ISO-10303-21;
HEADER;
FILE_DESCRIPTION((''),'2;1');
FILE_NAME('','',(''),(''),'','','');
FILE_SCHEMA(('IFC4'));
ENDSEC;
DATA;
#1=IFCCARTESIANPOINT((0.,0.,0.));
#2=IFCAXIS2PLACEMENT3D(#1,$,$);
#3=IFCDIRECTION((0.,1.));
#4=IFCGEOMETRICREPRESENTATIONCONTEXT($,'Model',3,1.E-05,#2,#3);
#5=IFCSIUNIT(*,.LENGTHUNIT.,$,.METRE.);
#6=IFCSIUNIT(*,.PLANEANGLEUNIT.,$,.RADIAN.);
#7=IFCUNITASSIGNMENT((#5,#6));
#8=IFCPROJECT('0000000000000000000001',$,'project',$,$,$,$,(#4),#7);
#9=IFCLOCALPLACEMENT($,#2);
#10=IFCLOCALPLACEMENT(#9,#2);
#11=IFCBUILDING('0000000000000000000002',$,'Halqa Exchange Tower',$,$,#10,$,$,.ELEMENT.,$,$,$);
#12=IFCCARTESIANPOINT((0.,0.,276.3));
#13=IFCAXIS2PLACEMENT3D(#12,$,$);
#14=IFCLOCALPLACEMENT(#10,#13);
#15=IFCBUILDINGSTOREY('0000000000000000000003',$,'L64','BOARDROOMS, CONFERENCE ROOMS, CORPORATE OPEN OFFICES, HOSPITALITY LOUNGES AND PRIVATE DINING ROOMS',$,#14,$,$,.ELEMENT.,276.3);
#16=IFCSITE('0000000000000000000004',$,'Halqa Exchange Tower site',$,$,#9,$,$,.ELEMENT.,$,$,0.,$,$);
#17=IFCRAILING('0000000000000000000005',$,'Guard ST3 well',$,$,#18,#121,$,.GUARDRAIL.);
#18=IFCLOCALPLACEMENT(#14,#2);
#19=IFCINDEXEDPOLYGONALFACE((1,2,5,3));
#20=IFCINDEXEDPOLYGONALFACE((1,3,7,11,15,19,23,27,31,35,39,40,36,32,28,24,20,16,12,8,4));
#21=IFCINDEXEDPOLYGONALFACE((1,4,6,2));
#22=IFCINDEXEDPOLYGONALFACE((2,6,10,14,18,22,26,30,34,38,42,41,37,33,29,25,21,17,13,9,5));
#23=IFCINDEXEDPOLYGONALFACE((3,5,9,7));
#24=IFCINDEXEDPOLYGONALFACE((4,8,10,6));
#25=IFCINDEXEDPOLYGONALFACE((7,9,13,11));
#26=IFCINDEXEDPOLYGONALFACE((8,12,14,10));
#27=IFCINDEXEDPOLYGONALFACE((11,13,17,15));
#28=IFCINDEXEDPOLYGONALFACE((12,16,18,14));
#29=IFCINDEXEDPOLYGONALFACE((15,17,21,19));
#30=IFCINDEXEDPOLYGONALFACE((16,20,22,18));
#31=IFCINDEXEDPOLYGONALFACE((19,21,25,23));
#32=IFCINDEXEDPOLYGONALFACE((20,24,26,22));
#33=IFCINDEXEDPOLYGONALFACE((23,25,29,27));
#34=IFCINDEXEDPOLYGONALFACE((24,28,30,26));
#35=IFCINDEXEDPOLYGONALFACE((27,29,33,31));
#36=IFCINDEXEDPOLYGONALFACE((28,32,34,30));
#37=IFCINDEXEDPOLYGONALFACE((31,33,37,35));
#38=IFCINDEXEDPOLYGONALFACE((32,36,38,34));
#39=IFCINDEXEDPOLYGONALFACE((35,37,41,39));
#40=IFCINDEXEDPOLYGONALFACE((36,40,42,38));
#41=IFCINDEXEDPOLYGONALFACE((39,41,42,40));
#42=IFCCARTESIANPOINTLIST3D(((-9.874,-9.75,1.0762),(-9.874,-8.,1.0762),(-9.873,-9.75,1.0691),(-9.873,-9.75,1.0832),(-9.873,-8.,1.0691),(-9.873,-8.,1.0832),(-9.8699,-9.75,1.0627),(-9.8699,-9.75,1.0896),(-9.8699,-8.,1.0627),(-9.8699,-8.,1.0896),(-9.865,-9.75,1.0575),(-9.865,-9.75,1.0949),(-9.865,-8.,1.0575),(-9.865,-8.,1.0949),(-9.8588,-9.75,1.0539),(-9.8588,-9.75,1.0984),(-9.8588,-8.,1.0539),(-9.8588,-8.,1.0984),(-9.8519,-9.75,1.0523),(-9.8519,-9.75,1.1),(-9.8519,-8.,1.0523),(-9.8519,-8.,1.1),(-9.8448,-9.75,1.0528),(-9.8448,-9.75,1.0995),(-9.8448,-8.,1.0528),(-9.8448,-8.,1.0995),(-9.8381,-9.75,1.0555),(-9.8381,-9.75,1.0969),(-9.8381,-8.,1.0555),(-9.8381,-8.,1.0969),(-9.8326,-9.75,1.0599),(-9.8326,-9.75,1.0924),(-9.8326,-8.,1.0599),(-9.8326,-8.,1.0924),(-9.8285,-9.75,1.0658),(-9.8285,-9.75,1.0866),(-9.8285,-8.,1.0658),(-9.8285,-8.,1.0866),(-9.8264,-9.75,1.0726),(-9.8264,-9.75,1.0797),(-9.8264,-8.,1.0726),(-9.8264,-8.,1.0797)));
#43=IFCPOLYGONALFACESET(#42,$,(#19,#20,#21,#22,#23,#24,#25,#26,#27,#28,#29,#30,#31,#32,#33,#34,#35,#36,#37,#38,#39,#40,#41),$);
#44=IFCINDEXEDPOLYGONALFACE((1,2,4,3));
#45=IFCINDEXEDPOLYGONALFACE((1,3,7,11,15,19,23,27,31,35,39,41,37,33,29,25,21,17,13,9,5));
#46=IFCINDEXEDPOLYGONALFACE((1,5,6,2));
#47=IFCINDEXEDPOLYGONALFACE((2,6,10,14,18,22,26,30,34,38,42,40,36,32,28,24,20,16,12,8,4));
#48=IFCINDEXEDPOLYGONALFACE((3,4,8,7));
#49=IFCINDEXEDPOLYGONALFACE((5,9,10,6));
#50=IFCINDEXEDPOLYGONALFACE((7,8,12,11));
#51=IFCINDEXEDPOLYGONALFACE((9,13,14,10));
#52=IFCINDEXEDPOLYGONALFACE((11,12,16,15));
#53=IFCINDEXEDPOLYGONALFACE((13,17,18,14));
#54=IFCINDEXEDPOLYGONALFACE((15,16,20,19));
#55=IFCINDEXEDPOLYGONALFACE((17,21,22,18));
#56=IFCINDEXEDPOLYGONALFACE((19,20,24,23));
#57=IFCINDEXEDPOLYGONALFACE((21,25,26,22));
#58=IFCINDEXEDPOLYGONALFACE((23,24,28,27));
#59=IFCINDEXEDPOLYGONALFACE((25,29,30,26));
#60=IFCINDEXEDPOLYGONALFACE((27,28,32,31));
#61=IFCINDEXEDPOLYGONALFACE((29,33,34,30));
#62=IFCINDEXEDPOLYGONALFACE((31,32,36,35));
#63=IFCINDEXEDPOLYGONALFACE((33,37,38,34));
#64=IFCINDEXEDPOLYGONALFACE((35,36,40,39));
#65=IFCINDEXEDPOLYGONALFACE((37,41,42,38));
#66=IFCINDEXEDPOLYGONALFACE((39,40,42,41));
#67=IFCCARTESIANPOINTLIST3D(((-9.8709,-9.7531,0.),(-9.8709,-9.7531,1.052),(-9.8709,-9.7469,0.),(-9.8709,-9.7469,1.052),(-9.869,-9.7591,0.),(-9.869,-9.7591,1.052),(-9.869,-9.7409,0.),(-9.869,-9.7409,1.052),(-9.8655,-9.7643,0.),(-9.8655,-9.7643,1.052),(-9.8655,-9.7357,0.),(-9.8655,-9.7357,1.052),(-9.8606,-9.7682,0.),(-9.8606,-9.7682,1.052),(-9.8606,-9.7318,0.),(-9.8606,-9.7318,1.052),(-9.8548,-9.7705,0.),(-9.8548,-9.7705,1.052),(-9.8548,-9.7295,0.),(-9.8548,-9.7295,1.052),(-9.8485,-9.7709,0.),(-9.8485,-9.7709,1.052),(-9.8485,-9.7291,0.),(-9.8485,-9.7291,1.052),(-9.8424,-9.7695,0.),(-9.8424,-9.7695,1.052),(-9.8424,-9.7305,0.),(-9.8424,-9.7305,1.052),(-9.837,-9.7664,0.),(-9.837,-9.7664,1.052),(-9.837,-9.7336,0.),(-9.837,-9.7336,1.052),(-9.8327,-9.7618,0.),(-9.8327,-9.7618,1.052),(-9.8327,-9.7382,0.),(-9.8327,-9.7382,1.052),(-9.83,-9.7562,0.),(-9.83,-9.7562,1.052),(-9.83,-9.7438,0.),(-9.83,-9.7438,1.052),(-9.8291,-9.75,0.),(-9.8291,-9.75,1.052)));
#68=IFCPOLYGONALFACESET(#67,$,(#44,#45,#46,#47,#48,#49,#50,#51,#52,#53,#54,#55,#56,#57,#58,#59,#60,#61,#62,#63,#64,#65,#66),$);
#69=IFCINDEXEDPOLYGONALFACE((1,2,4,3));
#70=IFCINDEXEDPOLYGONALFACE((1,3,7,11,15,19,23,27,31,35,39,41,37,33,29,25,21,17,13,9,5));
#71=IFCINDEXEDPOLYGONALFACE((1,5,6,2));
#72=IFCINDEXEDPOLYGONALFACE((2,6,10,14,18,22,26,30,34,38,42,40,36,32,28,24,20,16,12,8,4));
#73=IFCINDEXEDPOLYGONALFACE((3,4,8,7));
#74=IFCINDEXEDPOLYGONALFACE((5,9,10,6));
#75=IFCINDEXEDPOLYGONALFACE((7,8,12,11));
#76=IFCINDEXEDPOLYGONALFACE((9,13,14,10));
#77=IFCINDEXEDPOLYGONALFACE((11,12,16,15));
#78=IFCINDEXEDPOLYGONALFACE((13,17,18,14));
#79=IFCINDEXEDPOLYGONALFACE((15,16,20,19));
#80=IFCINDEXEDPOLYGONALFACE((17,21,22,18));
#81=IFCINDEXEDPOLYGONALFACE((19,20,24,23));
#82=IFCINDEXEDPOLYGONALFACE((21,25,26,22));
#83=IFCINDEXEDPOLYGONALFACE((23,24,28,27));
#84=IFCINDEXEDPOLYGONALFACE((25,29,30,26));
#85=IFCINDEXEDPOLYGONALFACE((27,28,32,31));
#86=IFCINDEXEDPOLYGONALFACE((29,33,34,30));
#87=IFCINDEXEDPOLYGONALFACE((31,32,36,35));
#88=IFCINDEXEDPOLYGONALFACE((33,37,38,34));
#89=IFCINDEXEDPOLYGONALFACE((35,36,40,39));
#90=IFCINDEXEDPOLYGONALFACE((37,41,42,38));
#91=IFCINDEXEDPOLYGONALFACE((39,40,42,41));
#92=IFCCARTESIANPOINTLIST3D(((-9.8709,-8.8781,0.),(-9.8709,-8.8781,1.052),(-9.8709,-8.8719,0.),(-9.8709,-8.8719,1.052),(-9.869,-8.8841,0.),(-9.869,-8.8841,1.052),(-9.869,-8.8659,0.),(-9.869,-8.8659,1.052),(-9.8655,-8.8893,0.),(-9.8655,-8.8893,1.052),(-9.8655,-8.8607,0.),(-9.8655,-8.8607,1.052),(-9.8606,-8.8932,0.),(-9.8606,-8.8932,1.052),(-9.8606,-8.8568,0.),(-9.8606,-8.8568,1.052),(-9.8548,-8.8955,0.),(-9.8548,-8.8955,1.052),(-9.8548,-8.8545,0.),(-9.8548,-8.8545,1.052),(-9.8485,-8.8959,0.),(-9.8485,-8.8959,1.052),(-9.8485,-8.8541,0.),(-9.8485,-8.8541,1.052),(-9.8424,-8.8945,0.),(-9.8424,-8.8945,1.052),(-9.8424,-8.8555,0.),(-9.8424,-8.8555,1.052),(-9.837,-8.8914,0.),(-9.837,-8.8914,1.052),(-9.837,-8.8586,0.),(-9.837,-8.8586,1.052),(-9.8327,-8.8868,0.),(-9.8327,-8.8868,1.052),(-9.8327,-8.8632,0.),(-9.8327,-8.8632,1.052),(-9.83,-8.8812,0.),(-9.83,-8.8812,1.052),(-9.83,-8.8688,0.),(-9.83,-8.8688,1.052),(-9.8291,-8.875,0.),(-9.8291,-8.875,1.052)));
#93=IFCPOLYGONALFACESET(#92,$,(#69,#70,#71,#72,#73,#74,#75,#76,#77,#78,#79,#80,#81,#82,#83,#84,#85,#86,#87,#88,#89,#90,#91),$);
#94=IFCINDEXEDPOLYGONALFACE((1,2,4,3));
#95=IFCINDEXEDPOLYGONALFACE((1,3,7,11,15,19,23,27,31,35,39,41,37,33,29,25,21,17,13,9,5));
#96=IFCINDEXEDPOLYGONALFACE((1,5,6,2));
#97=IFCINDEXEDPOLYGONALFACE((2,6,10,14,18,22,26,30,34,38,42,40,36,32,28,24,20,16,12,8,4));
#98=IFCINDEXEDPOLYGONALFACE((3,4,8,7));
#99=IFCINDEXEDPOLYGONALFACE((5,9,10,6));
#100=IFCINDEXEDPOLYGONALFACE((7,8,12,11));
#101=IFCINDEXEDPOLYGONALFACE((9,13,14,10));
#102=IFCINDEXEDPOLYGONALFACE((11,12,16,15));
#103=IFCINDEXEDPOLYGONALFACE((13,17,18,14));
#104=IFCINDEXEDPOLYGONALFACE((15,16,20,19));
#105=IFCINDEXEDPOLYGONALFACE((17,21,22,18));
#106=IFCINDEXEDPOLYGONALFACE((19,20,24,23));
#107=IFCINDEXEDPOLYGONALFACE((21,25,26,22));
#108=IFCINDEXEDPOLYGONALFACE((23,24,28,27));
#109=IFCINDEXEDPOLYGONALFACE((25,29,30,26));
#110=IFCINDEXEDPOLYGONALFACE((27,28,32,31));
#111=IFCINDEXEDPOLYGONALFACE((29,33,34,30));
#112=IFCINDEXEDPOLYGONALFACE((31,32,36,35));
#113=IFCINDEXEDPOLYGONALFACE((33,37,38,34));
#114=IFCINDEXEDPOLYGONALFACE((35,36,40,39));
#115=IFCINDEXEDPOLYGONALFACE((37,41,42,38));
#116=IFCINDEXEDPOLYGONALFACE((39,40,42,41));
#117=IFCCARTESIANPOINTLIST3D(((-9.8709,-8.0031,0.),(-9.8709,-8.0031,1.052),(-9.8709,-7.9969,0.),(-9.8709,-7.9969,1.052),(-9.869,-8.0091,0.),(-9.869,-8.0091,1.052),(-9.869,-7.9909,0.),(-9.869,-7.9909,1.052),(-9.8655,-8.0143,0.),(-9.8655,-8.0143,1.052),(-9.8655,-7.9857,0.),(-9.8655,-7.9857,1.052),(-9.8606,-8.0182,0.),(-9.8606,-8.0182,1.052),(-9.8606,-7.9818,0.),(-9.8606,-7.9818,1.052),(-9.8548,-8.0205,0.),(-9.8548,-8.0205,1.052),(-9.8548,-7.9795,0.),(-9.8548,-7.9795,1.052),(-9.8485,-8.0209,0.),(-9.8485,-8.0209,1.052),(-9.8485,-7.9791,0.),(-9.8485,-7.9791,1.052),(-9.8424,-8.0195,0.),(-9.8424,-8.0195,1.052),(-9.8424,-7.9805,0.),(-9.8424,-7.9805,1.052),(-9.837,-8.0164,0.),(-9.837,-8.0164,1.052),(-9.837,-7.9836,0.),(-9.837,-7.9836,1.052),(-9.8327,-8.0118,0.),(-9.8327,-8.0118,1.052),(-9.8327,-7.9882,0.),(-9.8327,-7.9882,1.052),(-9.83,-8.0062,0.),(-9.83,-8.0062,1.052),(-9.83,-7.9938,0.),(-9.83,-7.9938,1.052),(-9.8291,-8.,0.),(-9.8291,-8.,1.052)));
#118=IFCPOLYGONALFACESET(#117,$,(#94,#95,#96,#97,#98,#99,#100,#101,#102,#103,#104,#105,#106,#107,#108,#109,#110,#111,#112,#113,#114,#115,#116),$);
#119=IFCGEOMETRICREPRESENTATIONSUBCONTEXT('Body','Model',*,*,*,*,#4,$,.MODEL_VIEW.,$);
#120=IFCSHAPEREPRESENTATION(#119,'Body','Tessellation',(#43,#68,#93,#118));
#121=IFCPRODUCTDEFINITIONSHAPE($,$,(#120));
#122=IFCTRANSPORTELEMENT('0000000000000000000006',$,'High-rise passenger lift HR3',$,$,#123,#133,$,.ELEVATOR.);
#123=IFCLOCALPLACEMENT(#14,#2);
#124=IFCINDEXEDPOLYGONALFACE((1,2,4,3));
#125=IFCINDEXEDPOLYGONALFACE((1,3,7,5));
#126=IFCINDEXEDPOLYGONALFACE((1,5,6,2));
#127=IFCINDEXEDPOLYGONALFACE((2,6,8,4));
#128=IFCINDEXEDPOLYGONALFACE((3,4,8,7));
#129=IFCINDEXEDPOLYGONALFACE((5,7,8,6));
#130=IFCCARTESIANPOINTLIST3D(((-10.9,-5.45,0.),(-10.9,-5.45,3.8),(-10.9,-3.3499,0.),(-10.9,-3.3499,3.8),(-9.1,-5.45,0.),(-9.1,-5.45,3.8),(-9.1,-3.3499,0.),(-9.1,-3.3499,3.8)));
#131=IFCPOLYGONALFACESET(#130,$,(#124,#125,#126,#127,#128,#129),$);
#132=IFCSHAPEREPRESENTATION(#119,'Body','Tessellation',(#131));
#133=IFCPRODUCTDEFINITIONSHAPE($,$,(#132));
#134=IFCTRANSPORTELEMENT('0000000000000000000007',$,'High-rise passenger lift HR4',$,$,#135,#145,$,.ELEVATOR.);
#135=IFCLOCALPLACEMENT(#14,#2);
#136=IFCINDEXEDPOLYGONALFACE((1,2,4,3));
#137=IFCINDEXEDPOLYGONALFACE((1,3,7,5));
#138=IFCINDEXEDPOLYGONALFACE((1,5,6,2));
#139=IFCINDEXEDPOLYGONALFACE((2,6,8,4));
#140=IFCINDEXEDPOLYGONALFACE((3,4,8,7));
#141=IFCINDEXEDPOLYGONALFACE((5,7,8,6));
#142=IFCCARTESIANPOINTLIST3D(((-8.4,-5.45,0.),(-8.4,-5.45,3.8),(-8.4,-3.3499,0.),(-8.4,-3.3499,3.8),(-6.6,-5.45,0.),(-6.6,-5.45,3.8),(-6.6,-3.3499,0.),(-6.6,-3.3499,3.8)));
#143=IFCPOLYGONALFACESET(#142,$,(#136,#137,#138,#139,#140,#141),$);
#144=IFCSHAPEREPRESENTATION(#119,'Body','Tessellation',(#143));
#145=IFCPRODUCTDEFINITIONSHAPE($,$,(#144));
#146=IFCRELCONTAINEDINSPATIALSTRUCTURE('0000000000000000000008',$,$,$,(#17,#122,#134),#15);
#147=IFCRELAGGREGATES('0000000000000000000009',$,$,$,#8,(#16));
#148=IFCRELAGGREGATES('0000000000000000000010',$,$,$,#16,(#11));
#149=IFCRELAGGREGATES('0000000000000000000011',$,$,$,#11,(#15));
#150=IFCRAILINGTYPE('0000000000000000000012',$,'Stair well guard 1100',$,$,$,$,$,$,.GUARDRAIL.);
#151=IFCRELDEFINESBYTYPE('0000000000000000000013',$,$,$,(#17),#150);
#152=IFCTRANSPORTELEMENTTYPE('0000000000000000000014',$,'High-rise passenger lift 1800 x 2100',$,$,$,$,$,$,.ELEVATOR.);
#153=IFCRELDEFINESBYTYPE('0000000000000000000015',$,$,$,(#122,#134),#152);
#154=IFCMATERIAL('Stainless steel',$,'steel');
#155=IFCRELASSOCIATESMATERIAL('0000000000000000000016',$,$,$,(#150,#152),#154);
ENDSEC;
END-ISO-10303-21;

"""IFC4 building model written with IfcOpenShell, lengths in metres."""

from ifc_helpers import new_model, si_unit, direction, frame, origin, origin_2d, place, context, subcontext, project, spatial, rectangle, circle, extrude, material, type_object, element, save


model = new_model("IFC4")

# Units and contexts
model_context = context("Model", 3, precision=1e-05, world=origin(), true_north=direction((0.0, 1.0)))
body_context = subcontext(model_context, "Body", "Model", "MODEL_VIEW")
ifc_project = project(units=[si_unit("LENGTHUNIT", "METRE"), si_unit("PLANEANGLEUNIT", "RADIAN")], contexts=[model_context])

# Site, building, storey
site_placement = place(None, origin())
site = spatial("IfcSite", under=ifc_project, at=site_placement, Name="Halqa Exchange Tower site", CompositionType="ELEMENT", RefElevation=0.0)
building_placement = place(site_placement, origin())
building = spatial("IfcBuilding", under=site, at=building_placement, Name="Halqa Exchange Tower", CompositionType="ELEMENT")
storey_placement = place(building_placement, frame((0.0, 0.0, 276.3)))
storey = spatial("IfcBuildingStorey", under=building, at=storey_placement, Name="L64", Description="BOARDROOMS, CONFERENCE ROOMS, CORPORATE OPEN OFFICES, HOSPITALITY LOUNGES AND PRIVATE DINING ROOMS", CompositionType="ELEMENT", Elevation=276.3)

# Shared definitions
ifc_material_1 = material(Name="Stainless steel", Category="steel")

# Railing
railing_type_1 = type_object("IfcRailingType", Name="Stair well guard 1100", PredefinedType="GUARDRAIL", material=ifc_material_1)
railing_1_placement = place(storey_placement, frame((-9.8501, -9.75, 0.0)))
element("IfcRailing", 1, at=railing_1_placement, inside=storey, type_object=railing_type_1, Name="Guard ST3 well", PredefinedType="GUARDRAIL", context=body_context, shape_type="SweptSolid", body=[
    extrude(circle(Radius=0.0239, at=origin_2d()), frame((0.0, 0.0, 1.0762), z_axis=(0.0, 1.0, 0.0), x_axis=(-1.0, 0.0, 0.0)), (0.0, 0.0, 1.0), 1.75),
    extrude(circle(Radius=0.021, at=origin_2d()), origin(), (0.0, 0.0, 1.0), 1.052),
    extrude(circle(Radius=0.021, at=origin_2d()), frame((0.0, 0.875, 0.0)), (0.0, 0.0, 1.0), 1.052),
    extrude(circle(Radius=0.021, at=origin_2d()), frame((0.0, 1.75, 0.0)), (0.0, 0.0, 1.0), 1.052),
])

# Transport elements
transport_element_type = type_object("IfcTransportElementType", Name="High-rise passenger lift 1800 x 2100", PredefinedType="ELEVATOR", material=ifc_material_1)
for number, where, z_axis, x_axis, name in (
    (2, (-10.0, -4.3999, 0.0), (0.0, 0.0, 1.0), (1.0, 0.0, 0.0), "High-rise passenger lift HR3"),
    (3, (-7.5, -4.3999, 0.0), (0.0, 0.0, 1.0), (1.0, 0.0, 0.0), "High-rise passenger lift HR4"),
):
    element("IfcTransportElement", number, at=place(storey_placement, frame(where, z_axis=z_axis, x_axis=x_axis)), inside=storey, type_object=transport_element_type, Name=name, PredefinedType="ELEVATOR", context=body_context, shape_type="SweptSolid", body=[
        extrude(rectangle(XDim=1.8, YDim=2.1001, at=origin_2d()), origin(), (0.0, 0.0, 1.0), 3.8),
    ])

save(model, "model.ifc")
